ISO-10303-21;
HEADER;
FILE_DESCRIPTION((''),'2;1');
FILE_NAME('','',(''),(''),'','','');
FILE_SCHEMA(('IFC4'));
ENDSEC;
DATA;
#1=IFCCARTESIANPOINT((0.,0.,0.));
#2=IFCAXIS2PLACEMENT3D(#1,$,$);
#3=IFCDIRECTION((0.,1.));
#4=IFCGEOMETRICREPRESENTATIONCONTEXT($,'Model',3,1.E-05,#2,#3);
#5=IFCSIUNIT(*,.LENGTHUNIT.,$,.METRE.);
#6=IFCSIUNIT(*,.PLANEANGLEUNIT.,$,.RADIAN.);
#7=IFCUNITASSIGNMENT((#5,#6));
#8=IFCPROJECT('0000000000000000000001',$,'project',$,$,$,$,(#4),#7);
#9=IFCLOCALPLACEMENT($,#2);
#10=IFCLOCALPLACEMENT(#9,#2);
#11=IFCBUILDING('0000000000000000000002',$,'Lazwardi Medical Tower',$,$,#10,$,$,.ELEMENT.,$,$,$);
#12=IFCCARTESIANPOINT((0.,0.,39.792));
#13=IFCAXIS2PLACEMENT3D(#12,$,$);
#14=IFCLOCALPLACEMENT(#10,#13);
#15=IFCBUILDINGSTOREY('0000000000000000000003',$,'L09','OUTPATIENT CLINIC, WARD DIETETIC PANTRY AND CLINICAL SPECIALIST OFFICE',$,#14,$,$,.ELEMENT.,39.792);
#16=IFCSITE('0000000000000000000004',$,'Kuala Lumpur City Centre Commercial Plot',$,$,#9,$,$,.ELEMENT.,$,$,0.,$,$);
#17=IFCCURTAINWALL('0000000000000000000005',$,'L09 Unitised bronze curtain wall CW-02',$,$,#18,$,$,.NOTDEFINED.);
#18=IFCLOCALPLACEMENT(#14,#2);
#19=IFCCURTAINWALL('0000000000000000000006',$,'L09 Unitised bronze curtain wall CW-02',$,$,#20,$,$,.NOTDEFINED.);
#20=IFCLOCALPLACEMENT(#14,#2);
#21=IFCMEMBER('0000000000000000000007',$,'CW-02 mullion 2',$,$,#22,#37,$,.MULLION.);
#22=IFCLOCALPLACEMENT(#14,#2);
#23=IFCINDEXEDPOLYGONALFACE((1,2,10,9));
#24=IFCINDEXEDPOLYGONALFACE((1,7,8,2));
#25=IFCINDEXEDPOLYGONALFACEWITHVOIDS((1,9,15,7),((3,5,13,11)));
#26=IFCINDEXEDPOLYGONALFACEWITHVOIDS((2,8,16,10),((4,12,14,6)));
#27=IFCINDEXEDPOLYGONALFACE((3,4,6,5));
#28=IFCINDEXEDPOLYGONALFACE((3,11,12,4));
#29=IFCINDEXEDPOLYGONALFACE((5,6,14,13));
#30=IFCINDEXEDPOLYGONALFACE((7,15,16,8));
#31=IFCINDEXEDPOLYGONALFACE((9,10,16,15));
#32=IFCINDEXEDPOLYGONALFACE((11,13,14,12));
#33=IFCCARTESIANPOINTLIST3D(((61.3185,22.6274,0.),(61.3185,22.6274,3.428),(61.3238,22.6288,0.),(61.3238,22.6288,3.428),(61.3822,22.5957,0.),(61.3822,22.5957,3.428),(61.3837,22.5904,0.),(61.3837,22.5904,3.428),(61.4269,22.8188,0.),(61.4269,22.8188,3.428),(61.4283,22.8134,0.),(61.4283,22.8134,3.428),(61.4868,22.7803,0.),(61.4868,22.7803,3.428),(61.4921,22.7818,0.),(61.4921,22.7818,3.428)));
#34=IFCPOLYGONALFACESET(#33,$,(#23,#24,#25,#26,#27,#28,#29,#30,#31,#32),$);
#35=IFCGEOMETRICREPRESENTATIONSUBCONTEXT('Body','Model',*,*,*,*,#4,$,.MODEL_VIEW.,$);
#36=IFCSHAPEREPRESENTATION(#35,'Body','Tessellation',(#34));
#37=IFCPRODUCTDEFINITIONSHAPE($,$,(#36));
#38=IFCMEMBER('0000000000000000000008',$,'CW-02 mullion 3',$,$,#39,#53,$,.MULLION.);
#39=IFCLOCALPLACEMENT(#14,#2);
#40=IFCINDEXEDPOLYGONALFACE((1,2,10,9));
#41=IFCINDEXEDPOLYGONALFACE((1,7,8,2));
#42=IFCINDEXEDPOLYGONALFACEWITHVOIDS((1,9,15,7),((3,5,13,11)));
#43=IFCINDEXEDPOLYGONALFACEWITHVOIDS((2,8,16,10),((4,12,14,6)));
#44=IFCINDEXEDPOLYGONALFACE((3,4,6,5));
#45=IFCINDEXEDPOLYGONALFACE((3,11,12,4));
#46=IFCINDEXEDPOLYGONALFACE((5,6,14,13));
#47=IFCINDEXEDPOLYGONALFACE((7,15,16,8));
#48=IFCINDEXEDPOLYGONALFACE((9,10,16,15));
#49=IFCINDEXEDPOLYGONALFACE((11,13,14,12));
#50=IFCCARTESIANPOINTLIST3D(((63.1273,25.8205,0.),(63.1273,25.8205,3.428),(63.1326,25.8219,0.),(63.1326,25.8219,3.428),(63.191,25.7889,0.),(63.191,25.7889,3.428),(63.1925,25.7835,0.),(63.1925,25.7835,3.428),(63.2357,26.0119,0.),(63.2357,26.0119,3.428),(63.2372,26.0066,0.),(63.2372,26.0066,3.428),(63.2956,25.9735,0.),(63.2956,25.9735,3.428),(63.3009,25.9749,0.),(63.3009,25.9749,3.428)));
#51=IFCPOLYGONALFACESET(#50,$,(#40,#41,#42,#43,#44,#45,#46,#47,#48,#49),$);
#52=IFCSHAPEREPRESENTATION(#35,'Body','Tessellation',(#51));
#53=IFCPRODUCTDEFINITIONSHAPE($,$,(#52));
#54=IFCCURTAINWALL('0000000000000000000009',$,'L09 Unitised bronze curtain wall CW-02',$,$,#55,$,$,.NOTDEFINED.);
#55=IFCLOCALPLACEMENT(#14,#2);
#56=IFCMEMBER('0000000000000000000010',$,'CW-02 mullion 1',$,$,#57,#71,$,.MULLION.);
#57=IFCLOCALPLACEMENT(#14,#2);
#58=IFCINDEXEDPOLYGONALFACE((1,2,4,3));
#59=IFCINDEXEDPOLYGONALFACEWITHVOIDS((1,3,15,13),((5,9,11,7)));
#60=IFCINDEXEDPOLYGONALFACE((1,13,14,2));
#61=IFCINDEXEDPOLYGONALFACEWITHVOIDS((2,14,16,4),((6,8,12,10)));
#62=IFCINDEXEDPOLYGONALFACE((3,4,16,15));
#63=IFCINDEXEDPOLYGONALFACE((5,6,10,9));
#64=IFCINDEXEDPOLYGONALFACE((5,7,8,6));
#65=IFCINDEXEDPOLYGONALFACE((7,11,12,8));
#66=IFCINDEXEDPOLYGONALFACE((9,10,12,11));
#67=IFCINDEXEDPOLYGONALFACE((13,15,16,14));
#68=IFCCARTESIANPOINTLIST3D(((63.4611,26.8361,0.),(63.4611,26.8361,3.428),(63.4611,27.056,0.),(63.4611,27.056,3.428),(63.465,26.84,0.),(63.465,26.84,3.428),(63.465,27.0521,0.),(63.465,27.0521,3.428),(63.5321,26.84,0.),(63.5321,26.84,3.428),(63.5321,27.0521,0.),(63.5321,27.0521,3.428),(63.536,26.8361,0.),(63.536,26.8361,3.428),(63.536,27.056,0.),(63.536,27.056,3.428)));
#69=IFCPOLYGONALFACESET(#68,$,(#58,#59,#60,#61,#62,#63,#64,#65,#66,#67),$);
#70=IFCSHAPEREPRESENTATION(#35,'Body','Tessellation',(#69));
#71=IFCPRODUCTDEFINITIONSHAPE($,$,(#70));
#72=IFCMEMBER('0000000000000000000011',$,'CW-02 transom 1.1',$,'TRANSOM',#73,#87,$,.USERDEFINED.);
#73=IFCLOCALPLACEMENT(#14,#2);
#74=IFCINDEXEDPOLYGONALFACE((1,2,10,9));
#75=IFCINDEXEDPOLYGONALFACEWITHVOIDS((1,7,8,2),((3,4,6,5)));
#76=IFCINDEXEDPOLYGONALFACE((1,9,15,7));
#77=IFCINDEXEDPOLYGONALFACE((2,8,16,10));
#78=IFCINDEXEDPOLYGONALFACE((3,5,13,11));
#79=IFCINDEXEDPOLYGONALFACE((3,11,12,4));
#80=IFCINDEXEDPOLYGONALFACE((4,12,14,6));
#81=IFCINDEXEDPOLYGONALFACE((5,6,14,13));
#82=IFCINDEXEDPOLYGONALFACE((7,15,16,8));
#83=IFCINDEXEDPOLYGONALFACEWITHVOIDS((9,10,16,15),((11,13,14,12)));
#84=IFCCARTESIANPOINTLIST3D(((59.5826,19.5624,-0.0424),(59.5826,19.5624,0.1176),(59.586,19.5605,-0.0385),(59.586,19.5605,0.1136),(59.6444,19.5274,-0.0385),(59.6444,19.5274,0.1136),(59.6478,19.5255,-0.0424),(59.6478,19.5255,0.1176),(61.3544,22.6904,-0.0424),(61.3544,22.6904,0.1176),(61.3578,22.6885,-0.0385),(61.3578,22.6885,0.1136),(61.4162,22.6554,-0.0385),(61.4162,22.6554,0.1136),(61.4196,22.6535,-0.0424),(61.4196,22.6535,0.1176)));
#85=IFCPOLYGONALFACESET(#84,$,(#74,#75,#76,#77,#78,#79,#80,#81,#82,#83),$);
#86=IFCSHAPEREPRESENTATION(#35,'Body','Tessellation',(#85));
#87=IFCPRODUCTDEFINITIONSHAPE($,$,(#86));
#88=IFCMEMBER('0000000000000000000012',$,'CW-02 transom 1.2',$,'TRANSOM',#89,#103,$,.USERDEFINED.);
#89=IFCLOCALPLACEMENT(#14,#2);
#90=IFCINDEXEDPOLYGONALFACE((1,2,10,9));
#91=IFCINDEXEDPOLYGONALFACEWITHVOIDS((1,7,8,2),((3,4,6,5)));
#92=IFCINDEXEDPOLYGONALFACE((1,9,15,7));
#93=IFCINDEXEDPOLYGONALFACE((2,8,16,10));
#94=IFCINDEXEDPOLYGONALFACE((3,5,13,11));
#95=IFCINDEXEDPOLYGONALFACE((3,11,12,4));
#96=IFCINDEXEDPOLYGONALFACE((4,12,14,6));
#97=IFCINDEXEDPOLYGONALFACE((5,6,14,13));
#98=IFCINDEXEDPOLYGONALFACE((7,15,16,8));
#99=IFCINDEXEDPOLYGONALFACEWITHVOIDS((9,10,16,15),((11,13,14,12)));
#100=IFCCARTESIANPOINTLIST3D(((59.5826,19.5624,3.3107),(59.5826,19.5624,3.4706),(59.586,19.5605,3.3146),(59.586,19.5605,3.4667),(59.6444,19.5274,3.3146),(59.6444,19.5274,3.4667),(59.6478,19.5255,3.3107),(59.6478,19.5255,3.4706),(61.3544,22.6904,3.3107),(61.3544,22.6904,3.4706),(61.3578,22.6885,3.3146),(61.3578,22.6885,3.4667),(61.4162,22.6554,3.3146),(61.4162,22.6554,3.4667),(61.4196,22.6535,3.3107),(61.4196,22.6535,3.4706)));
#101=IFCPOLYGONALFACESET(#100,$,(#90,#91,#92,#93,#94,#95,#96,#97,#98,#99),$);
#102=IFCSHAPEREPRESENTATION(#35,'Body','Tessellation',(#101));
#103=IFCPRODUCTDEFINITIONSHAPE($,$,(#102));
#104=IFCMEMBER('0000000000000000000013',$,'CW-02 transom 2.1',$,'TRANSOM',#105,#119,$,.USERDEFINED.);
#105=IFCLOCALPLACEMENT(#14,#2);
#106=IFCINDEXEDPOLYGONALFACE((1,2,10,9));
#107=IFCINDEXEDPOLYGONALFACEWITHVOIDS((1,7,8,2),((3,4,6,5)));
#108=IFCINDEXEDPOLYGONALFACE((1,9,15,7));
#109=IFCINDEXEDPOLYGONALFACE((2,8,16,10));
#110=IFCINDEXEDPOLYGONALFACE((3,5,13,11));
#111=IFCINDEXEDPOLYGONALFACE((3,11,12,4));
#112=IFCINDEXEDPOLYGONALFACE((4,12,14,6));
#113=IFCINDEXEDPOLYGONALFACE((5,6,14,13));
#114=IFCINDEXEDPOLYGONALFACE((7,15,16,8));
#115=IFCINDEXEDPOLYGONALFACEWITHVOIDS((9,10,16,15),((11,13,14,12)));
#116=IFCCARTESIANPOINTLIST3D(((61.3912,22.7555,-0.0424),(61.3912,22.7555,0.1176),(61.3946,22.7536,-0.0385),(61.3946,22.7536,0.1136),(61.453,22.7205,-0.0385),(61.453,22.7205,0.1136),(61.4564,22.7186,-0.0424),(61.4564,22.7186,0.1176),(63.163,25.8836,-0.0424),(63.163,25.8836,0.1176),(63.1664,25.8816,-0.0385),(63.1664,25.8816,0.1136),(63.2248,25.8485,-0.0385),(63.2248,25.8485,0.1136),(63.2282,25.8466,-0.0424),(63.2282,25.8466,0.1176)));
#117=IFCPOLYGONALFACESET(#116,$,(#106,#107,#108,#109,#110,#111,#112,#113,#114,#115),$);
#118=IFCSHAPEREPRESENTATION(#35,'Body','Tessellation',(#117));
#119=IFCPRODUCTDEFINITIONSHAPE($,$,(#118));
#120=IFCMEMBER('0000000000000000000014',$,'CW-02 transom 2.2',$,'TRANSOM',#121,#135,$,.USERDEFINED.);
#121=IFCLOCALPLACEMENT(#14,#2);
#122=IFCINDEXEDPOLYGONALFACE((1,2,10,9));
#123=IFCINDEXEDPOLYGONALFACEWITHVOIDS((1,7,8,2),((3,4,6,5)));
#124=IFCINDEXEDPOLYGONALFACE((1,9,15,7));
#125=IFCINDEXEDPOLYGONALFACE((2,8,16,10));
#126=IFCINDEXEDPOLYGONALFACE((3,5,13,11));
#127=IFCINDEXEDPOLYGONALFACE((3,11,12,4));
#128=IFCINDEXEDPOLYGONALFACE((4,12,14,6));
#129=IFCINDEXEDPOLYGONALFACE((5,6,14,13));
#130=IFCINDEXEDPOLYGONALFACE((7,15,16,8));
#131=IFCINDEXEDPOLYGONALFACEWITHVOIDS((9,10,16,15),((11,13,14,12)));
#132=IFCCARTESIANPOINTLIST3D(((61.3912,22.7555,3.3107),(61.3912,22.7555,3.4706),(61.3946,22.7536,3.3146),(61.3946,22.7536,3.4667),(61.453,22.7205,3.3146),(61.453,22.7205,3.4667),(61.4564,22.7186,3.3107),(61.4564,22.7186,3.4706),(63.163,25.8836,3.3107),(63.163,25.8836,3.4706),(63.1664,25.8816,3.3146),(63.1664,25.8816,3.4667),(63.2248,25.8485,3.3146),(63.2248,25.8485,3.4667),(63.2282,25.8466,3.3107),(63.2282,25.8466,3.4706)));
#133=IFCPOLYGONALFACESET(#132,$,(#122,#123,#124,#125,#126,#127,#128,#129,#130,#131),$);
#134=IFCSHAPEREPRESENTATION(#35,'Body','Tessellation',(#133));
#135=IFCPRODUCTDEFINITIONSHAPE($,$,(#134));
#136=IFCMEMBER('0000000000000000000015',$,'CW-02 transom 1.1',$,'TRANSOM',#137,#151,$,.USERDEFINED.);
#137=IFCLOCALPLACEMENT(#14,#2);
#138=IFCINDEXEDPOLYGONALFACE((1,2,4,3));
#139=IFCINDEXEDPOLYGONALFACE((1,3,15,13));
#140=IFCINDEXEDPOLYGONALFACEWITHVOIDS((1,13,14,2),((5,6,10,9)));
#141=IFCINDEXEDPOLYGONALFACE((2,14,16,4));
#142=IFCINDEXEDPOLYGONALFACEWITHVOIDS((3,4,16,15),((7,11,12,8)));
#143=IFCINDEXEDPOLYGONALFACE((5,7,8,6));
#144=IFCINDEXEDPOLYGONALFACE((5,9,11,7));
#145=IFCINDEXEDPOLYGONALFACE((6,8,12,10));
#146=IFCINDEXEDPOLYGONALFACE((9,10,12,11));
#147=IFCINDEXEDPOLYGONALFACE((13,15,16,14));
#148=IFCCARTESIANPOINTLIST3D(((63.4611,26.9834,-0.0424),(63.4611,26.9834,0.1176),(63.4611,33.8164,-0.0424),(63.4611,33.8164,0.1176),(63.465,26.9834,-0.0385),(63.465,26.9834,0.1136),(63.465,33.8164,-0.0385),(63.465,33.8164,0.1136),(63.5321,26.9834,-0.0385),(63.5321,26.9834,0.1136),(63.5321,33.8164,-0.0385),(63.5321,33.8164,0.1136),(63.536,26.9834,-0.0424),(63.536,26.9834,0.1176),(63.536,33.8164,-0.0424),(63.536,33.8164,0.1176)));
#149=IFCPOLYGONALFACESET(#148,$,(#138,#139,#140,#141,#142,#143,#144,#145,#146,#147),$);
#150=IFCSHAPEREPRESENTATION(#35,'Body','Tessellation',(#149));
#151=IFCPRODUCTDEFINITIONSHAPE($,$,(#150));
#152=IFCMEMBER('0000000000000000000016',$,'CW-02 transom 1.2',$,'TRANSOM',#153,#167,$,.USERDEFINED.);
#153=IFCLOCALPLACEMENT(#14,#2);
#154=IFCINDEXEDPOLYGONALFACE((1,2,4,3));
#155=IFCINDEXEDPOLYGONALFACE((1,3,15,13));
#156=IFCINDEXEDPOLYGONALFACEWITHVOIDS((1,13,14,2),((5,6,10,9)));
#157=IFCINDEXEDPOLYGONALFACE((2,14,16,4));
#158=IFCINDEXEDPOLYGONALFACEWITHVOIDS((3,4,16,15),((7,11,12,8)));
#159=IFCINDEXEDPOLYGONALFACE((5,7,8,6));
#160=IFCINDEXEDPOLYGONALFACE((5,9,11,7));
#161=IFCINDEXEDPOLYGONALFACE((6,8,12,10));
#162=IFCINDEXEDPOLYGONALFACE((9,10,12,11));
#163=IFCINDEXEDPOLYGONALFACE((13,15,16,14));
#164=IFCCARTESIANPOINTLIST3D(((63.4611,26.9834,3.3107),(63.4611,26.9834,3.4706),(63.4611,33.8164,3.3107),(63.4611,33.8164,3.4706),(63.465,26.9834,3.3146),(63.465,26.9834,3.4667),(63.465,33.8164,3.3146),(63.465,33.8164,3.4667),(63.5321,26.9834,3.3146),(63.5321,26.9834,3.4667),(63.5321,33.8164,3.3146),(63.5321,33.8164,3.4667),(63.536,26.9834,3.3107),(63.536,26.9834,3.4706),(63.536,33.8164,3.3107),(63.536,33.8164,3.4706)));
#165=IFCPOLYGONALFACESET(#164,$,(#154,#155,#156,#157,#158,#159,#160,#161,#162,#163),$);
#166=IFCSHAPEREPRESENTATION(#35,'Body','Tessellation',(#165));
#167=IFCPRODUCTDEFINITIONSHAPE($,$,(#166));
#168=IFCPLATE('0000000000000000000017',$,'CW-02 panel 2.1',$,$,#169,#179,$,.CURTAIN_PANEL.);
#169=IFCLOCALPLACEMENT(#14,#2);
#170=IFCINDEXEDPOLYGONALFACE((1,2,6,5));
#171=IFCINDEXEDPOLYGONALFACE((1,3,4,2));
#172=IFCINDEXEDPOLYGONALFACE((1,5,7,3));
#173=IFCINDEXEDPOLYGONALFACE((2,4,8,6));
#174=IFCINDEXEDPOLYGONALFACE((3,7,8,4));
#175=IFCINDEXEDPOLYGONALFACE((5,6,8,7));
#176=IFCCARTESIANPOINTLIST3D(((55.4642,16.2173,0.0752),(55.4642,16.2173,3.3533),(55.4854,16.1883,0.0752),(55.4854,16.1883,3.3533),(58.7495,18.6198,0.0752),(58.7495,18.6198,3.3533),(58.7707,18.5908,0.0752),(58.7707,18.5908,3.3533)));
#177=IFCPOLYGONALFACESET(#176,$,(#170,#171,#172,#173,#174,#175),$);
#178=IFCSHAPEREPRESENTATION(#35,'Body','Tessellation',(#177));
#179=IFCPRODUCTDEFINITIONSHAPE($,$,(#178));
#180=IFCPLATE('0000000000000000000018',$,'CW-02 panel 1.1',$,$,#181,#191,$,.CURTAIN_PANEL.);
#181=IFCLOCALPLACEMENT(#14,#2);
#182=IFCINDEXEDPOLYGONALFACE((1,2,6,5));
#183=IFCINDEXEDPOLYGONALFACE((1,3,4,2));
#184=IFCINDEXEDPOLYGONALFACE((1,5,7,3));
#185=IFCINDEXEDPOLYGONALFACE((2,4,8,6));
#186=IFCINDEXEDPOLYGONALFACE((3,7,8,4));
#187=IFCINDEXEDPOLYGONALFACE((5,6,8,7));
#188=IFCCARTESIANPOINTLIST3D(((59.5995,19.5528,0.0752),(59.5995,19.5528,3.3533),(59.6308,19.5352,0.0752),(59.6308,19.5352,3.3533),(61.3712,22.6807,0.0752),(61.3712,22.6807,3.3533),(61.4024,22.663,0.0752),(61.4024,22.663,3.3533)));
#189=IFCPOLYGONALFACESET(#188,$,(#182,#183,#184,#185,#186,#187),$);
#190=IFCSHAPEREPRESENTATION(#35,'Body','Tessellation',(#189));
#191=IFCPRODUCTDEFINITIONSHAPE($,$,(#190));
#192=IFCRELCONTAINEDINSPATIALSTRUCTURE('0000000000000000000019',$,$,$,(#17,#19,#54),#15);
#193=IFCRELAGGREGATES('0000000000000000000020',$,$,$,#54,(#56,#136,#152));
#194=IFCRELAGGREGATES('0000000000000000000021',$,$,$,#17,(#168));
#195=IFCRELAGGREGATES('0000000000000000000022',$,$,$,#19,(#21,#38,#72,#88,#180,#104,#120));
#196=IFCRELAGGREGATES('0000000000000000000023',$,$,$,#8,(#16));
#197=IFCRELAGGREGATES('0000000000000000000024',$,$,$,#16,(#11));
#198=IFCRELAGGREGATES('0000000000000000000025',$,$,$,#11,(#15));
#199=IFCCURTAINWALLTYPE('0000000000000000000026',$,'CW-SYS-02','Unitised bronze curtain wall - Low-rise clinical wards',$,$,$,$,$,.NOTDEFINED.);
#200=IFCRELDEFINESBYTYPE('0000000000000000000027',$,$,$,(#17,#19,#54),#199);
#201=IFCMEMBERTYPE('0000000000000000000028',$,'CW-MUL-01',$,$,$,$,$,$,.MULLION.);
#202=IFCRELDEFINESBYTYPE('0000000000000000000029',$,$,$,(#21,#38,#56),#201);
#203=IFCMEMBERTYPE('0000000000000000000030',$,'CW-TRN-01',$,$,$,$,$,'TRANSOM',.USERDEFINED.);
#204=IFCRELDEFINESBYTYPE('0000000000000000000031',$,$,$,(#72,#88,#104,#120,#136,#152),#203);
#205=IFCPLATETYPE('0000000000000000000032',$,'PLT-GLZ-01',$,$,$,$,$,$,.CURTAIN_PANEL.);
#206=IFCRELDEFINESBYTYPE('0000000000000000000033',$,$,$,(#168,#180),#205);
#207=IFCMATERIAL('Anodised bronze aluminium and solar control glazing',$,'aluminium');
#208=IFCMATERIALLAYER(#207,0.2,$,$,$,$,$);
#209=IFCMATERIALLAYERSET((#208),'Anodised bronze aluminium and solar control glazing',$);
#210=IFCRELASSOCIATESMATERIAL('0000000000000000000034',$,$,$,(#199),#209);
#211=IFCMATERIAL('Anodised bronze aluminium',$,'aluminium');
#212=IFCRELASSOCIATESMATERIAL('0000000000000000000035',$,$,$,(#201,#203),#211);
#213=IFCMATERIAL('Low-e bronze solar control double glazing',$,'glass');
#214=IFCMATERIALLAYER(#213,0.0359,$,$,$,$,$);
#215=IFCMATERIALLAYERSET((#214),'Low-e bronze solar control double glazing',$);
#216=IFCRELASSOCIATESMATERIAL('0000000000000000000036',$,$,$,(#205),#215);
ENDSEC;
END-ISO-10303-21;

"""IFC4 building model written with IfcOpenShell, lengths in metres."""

from ifc_helpers import new_model, si_unit, direction, frame, origin, origin_2d, place, context, subcontext, project, spatial, rectangle, hollow_rectangle, extrude, material, layer, layer_set, material_profile, profile_set, type_object, element, aggregate, save


model = new_model("IFC4")

# Units and contexts
model_context = context("Model", 3, precision=1e-05, world=origin(), true_north=direction((0.0, 1.0)))
body_context = subcontext(model_context, "Body", "Model", "MODEL_VIEW")
ifc_project = project(units=[si_unit("LENGTHUNIT", "METRE"), si_unit("PLANEANGLEUNIT", "RADIAN")], contexts=[model_context])

# Site, building, storey
site_placement = place(None, origin())
site = spatial("IfcSite", under=ifc_project, at=site_placement, Name="Kuala Lumpur City Centre Commercial Plot", CompositionType="ELEMENT", RefElevation=0.0)
building_placement = place(site_placement, origin())
building = spatial("IfcBuilding", under=site, at=building_placement, Name="Lazwardi Medical Tower", CompositionType="ELEMENT")
storey_placement = place(building_placement, frame((0.0, 0.0, 39.792)))
storey = spatial("IfcBuildingStorey", under=building, at=storey_placement, Name="L09", Description="OUTPATIENT CLINIC, WARD DIETETIC PANTRY AND CLINICAL SPECIALIST OFFICE", CompositionType="ELEMENT", Elevation=39.792)

# Curtain wall
ifc_material_1 = material(Name="Anodised bronze aluminium and solar control glazing", Category="aluminium")
ifc_layer_1 = layer(ifc_material_1, 0.2)
ifc_layer_set_1 = layer_set([ifc_layer_1], Name="Anodised bronze aluminium and solar control glazing")
curtain_wall_type = type_object("IfcCurtainWallType", Name="CW-SYS-02", Description="Unitised bronze curtain wall - Low-rise clinical wards", PredefinedType="NOTDEFINED", material=ifc_layer_set_1)
curtain_wall_1_placement = place(storey_placement, origin())
curtain_wall_1 = element("IfcCurtainWall", 1, at=curtain_wall_1_placement, inside=storey, type_object=curtain_wall_type, Name="L09 Unitised bronze curtain wall CW-02", PredefinedType="NOTDEFINED")
ifc_material_2 = material(Name="Anodised bronze aluminium", Category="aluminium")
ifc_material_profile_1 = material_profile(ifc_material_2, hollow_rectangle(XDim=0.075, YDim=0.22, WallThickness=0.0039, at=origin_2d()), Name="ALU-MULLION 220x75x4")
ifc_profile_set_1 = profile_set([ifc_material_profile_1], Name="Anodised bronze aluminium")
member_type_1 = type_object("IfcMemberType", Name="CW-MUL-01", PredefinedType="MULLION", material=ifc_profile_set_1)

# Curtain wall, members
curtain_wall_2_placement = place(storey_placement, origin())
curtain_wall_2 = element("IfcCurtainWall", 2, at=curtain_wall_2_placement, inside=storey, type_object=curtain_wall_type, Name="L09 Unitised bronze curtain wall CW-02", PredefinedType="NOTDEFINED")
member_1_placement = place(storey_placement, frame((61.4053, 22.7046, 0.0), z_axis=(0.0, 0.0, 1.0), x_axis=(-0.870112, 0.492854, 0.0)))
member_1 = element("IfcMember", 3, at=member_1_placement, type_object=member_type_1, Name="CW-02 mullion 2", PredefinedType="MULLION", context=body_context, shape_type="SweptSolid", body=[
    extrude(hollow_rectangle(XDim=0.075, YDim=0.22, WallThickness=0.0039, at=origin_2d()), origin(), (0.0, 0.0, 1.0), 3.428),
])
member_2_placement = place(storey_placement, frame((63.2141, 25.8977, 0.0), z_axis=(0.0, 0.0, 1.0), x_axis=(-0.870112, 0.492854, 0.0)))
member_2 = element("IfcMember", 4, at=member_2_placement, type_object=member_type_1, Name="CW-02 mullion 3", PredefinedType="MULLION", context=body_context, shape_type="SweptSolid", body=[
    extrude(hollow_rectangle(XDim=0.075, YDim=0.22, WallThickness=0.0039, at=origin_2d()), origin(), (0.0, 0.0, 1.0), 3.428),
])

# Curtain wall, member
curtain_wall_3_placement = place(storey_placement, origin())
curtain_wall_3 = element("IfcCurtainWall", 5, at=curtain_wall_3_placement, inside=storey, type_object=curtain_wall_type, Name="L09 Unitised bronze curtain wall CW-02", PredefinedType="NOTDEFINED")
member_3_placement = place(storey_placement, frame((63.4985, 26.946, 0.0), z_axis=(0.0, 0.0, 1.0), x_axis=(-1.0, 0.0, 0.0)))
member_3 = element("IfcMember", 6, at=member_3_placement, type_object=member_type_1, Name="CW-02 mullion 1", PredefinedType="MULLION", context=body_context, shape_type="SweptSolid", body=[
    extrude(hollow_rectangle(XDim=0.075, YDim=0.22, WallThickness=0.0039, at=origin_2d()), origin(), (0.0, 0.0, 1.0), 3.428),
])

# Members
ifc_material_profile_2 = material_profile(ifc_material_2, hollow_rectangle(XDim=0.075, YDim=0.1599, WallThickness=0.0039, at=origin_2d()), Name="ALU-TRANSOM 160x75x4")
ifc_profile_set_2 = profile_set([ifc_material_profile_2], Name="Anodised bronze aluminium")
member_type_2 = type_object("IfcMemberType", Name="CW-TRN-01", ElementType="TRANSOM", PredefinedType="USERDEFINED", material=ifc_profile_set_2)
member_4_placement = place(storey_placement, frame((59.6152, 19.5439, 0.0376), z_axis=(0.492851, 0.870113, 0.0), x_axis=(-0.870113, 0.492851, 0.0)))
member_4 = element("IfcMember", 7, at=member_4_placement, type_object=member_type_2, Name="CW-02 transom 1.1", ObjectType="TRANSOM", PredefinedType="USERDEFINED", context=body_context, shape_type="SweptSolid", body=[
    extrude(hollow_rectangle(XDim=0.075, YDim=0.1599, WallThickness=0.0039, at=origin_2d()), origin(), (0.0, 0.0, 1.0), 3.595),
])
member_5_placement = place(storey_placement, frame((59.6152, 19.5439, 3.3906), z_axis=(0.492851, 0.870113, 0.0), x_axis=(-0.870113, 0.492851, 0.0)))
member_5 = element("IfcMember", 8, at=member_5_placement, type_object=member_type_2, Name="CW-02 transom 1.2", ObjectType="TRANSOM", PredefinedType="USERDEFINED", context=body_context, shape_type="SweptSolid", body=[
    extrude(hollow_rectangle(XDim=0.075, YDim=0.1599, WallThickness=0.0039, at=origin_2d()), origin(), (0.0, 0.0, 1.0), 3.595),
])
member_6_placement = place(storey_placement, frame((61.4238, 22.7371, 0.0376), z_axis=(0.492851, 0.870113, 0.0), x_axis=(-0.870113, 0.492851, 0.0)))
member_6 = element("IfcMember", 9, at=member_6_placement, type_object=member_type_2, Name="CW-02 transom 2.1", ObjectType="TRANSOM", PredefinedType="USERDEFINED", context=body_context, shape_type="SweptSolid", body=[
    extrude(hollow_rectangle(XDim=0.075, YDim=0.1599, WallThickness=0.0039, at=origin_2d()), origin(), (0.0, 0.0, 1.0), 3.595),
])
member_7_placement = place(storey_placement, frame((61.4238, 22.7371, 3.3906), z_axis=(0.492851, 0.870113, 0.0), x_axis=(-0.870113, 0.492851, 0.0)))
member_7 = element("IfcMember", 10, at=member_7_placement, type_object=member_type_2, Name="CW-02 transom 2.2", ObjectType="TRANSOM", PredefinedType="USERDEFINED", context=body_context, shape_type="SweptSolid", body=[
    extrude(hollow_rectangle(XDim=0.075, YDim=0.1599, WallThickness=0.0039, at=origin_2d()), origin(), (0.0, 0.0, 1.0), 3.595),
])
member_8_placement = place(storey_placement, frame((63.4985, 26.9834, 0.0376), z_axis=(0.0, 1.0, 0.0), x_axis=(-1.0, 0.0, 0.0)))
member_8 = element("IfcMember", 11, at=member_8_placement, type_object=member_type_2, Name="CW-02 transom 1.1", ObjectType="TRANSOM", PredefinedType="USERDEFINED", context=body_context, shape_type="SweptSolid", body=[
    extrude(hollow_rectangle(XDim=0.075, YDim=0.1599, WallThickness=0.0039, at=origin_2d()), origin(), (0.0, 0.0, 1.0), 6.833),
])
member_9_placement = place(storey_placement, frame((63.4985, 26.9834, 3.3906), z_axis=(0.0, 1.0, 0.0), x_axis=(-1.0, 0.0, 0.0)))
member_9 = element("IfcMember", 12, at=member_9_placement, type_object=member_type_2, Name="CW-02 transom 1.2", ObjectType="TRANSOM", PredefinedType="USERDEFINED", context=body_context, shape_type="SweptSolid", body=[
    extrude(hollow_rectangle(XDim=0.075, YDim=0.1599, WallThickness=0.0039, at=origin_2d()), origin(), (0.0, 0.0, 1.0), 6.833),
])
aggregate(curtain_wall_3, [member_3, member_8, member_9])

# Plates
ifc_material_3 = material(Name="Low-e bronze solar control double glazing", Category="glass")
ifc_layer_2 = layer(ifc_material_3, 0.0359)
ifc_layer_set_2 = layer_set([ifc_layer_2], Name="Low-e bronze solar control double glazing")
plate_type = type_object("IfcPlateType", Name="PLT-GLZ-01", PredefinedType="CURTAIN_PANEL", material=ifc_layer_set_2)
plate_1_placement = place(storey_placement, frame((57.1174, 17.4041, 0.0752), z_axis=(0.0, 0.0, 1.0), x_axis=(0.807192, 0.590289, 0.0)))
plate_1 = element("IfcPlate", 13, at=plate_1_placement, type_object=plate_type, Name="CW-02 panel 2.1", PredefinedType="CURTAIN_PANEL", context=body_context, shape_type="SweptSolid", body=[
    extrude(rectangle(XDim=4.0701, YDim=0.0359, at=origin_2d()), origin(), (0.0, 0.0, 1.0), 3.2781),
])
aggregate(curtain_wall_1, [plate_1])
plate_2_placement = place(storey_placement, frame((60.501, 21.1079, 0.0752), z_axis=(0.0, 0.0, 1.0), x_axis=(0.492854, 0.870112, 0.0)))
plate_2 = element("IfcPlate", 14, at=plate_2_placement, type_object=plate_type, Name="CW-02 panel 1.1", PredefinedType="CURTAIN_PANEL", context=body_context, shape_type="SweptSolid", body=[
    extrude(rectangle(XDim=3.5947, YDim=0.0359, at=origin_2d()), origin(), (0.0, 0.0, 1.0), 3.2781),
])
aggregate(curtain_wall_2, [member_1, member_2, member_4, member_5, plate_2, member_6, member_7])

save(model, "model.ifc")
